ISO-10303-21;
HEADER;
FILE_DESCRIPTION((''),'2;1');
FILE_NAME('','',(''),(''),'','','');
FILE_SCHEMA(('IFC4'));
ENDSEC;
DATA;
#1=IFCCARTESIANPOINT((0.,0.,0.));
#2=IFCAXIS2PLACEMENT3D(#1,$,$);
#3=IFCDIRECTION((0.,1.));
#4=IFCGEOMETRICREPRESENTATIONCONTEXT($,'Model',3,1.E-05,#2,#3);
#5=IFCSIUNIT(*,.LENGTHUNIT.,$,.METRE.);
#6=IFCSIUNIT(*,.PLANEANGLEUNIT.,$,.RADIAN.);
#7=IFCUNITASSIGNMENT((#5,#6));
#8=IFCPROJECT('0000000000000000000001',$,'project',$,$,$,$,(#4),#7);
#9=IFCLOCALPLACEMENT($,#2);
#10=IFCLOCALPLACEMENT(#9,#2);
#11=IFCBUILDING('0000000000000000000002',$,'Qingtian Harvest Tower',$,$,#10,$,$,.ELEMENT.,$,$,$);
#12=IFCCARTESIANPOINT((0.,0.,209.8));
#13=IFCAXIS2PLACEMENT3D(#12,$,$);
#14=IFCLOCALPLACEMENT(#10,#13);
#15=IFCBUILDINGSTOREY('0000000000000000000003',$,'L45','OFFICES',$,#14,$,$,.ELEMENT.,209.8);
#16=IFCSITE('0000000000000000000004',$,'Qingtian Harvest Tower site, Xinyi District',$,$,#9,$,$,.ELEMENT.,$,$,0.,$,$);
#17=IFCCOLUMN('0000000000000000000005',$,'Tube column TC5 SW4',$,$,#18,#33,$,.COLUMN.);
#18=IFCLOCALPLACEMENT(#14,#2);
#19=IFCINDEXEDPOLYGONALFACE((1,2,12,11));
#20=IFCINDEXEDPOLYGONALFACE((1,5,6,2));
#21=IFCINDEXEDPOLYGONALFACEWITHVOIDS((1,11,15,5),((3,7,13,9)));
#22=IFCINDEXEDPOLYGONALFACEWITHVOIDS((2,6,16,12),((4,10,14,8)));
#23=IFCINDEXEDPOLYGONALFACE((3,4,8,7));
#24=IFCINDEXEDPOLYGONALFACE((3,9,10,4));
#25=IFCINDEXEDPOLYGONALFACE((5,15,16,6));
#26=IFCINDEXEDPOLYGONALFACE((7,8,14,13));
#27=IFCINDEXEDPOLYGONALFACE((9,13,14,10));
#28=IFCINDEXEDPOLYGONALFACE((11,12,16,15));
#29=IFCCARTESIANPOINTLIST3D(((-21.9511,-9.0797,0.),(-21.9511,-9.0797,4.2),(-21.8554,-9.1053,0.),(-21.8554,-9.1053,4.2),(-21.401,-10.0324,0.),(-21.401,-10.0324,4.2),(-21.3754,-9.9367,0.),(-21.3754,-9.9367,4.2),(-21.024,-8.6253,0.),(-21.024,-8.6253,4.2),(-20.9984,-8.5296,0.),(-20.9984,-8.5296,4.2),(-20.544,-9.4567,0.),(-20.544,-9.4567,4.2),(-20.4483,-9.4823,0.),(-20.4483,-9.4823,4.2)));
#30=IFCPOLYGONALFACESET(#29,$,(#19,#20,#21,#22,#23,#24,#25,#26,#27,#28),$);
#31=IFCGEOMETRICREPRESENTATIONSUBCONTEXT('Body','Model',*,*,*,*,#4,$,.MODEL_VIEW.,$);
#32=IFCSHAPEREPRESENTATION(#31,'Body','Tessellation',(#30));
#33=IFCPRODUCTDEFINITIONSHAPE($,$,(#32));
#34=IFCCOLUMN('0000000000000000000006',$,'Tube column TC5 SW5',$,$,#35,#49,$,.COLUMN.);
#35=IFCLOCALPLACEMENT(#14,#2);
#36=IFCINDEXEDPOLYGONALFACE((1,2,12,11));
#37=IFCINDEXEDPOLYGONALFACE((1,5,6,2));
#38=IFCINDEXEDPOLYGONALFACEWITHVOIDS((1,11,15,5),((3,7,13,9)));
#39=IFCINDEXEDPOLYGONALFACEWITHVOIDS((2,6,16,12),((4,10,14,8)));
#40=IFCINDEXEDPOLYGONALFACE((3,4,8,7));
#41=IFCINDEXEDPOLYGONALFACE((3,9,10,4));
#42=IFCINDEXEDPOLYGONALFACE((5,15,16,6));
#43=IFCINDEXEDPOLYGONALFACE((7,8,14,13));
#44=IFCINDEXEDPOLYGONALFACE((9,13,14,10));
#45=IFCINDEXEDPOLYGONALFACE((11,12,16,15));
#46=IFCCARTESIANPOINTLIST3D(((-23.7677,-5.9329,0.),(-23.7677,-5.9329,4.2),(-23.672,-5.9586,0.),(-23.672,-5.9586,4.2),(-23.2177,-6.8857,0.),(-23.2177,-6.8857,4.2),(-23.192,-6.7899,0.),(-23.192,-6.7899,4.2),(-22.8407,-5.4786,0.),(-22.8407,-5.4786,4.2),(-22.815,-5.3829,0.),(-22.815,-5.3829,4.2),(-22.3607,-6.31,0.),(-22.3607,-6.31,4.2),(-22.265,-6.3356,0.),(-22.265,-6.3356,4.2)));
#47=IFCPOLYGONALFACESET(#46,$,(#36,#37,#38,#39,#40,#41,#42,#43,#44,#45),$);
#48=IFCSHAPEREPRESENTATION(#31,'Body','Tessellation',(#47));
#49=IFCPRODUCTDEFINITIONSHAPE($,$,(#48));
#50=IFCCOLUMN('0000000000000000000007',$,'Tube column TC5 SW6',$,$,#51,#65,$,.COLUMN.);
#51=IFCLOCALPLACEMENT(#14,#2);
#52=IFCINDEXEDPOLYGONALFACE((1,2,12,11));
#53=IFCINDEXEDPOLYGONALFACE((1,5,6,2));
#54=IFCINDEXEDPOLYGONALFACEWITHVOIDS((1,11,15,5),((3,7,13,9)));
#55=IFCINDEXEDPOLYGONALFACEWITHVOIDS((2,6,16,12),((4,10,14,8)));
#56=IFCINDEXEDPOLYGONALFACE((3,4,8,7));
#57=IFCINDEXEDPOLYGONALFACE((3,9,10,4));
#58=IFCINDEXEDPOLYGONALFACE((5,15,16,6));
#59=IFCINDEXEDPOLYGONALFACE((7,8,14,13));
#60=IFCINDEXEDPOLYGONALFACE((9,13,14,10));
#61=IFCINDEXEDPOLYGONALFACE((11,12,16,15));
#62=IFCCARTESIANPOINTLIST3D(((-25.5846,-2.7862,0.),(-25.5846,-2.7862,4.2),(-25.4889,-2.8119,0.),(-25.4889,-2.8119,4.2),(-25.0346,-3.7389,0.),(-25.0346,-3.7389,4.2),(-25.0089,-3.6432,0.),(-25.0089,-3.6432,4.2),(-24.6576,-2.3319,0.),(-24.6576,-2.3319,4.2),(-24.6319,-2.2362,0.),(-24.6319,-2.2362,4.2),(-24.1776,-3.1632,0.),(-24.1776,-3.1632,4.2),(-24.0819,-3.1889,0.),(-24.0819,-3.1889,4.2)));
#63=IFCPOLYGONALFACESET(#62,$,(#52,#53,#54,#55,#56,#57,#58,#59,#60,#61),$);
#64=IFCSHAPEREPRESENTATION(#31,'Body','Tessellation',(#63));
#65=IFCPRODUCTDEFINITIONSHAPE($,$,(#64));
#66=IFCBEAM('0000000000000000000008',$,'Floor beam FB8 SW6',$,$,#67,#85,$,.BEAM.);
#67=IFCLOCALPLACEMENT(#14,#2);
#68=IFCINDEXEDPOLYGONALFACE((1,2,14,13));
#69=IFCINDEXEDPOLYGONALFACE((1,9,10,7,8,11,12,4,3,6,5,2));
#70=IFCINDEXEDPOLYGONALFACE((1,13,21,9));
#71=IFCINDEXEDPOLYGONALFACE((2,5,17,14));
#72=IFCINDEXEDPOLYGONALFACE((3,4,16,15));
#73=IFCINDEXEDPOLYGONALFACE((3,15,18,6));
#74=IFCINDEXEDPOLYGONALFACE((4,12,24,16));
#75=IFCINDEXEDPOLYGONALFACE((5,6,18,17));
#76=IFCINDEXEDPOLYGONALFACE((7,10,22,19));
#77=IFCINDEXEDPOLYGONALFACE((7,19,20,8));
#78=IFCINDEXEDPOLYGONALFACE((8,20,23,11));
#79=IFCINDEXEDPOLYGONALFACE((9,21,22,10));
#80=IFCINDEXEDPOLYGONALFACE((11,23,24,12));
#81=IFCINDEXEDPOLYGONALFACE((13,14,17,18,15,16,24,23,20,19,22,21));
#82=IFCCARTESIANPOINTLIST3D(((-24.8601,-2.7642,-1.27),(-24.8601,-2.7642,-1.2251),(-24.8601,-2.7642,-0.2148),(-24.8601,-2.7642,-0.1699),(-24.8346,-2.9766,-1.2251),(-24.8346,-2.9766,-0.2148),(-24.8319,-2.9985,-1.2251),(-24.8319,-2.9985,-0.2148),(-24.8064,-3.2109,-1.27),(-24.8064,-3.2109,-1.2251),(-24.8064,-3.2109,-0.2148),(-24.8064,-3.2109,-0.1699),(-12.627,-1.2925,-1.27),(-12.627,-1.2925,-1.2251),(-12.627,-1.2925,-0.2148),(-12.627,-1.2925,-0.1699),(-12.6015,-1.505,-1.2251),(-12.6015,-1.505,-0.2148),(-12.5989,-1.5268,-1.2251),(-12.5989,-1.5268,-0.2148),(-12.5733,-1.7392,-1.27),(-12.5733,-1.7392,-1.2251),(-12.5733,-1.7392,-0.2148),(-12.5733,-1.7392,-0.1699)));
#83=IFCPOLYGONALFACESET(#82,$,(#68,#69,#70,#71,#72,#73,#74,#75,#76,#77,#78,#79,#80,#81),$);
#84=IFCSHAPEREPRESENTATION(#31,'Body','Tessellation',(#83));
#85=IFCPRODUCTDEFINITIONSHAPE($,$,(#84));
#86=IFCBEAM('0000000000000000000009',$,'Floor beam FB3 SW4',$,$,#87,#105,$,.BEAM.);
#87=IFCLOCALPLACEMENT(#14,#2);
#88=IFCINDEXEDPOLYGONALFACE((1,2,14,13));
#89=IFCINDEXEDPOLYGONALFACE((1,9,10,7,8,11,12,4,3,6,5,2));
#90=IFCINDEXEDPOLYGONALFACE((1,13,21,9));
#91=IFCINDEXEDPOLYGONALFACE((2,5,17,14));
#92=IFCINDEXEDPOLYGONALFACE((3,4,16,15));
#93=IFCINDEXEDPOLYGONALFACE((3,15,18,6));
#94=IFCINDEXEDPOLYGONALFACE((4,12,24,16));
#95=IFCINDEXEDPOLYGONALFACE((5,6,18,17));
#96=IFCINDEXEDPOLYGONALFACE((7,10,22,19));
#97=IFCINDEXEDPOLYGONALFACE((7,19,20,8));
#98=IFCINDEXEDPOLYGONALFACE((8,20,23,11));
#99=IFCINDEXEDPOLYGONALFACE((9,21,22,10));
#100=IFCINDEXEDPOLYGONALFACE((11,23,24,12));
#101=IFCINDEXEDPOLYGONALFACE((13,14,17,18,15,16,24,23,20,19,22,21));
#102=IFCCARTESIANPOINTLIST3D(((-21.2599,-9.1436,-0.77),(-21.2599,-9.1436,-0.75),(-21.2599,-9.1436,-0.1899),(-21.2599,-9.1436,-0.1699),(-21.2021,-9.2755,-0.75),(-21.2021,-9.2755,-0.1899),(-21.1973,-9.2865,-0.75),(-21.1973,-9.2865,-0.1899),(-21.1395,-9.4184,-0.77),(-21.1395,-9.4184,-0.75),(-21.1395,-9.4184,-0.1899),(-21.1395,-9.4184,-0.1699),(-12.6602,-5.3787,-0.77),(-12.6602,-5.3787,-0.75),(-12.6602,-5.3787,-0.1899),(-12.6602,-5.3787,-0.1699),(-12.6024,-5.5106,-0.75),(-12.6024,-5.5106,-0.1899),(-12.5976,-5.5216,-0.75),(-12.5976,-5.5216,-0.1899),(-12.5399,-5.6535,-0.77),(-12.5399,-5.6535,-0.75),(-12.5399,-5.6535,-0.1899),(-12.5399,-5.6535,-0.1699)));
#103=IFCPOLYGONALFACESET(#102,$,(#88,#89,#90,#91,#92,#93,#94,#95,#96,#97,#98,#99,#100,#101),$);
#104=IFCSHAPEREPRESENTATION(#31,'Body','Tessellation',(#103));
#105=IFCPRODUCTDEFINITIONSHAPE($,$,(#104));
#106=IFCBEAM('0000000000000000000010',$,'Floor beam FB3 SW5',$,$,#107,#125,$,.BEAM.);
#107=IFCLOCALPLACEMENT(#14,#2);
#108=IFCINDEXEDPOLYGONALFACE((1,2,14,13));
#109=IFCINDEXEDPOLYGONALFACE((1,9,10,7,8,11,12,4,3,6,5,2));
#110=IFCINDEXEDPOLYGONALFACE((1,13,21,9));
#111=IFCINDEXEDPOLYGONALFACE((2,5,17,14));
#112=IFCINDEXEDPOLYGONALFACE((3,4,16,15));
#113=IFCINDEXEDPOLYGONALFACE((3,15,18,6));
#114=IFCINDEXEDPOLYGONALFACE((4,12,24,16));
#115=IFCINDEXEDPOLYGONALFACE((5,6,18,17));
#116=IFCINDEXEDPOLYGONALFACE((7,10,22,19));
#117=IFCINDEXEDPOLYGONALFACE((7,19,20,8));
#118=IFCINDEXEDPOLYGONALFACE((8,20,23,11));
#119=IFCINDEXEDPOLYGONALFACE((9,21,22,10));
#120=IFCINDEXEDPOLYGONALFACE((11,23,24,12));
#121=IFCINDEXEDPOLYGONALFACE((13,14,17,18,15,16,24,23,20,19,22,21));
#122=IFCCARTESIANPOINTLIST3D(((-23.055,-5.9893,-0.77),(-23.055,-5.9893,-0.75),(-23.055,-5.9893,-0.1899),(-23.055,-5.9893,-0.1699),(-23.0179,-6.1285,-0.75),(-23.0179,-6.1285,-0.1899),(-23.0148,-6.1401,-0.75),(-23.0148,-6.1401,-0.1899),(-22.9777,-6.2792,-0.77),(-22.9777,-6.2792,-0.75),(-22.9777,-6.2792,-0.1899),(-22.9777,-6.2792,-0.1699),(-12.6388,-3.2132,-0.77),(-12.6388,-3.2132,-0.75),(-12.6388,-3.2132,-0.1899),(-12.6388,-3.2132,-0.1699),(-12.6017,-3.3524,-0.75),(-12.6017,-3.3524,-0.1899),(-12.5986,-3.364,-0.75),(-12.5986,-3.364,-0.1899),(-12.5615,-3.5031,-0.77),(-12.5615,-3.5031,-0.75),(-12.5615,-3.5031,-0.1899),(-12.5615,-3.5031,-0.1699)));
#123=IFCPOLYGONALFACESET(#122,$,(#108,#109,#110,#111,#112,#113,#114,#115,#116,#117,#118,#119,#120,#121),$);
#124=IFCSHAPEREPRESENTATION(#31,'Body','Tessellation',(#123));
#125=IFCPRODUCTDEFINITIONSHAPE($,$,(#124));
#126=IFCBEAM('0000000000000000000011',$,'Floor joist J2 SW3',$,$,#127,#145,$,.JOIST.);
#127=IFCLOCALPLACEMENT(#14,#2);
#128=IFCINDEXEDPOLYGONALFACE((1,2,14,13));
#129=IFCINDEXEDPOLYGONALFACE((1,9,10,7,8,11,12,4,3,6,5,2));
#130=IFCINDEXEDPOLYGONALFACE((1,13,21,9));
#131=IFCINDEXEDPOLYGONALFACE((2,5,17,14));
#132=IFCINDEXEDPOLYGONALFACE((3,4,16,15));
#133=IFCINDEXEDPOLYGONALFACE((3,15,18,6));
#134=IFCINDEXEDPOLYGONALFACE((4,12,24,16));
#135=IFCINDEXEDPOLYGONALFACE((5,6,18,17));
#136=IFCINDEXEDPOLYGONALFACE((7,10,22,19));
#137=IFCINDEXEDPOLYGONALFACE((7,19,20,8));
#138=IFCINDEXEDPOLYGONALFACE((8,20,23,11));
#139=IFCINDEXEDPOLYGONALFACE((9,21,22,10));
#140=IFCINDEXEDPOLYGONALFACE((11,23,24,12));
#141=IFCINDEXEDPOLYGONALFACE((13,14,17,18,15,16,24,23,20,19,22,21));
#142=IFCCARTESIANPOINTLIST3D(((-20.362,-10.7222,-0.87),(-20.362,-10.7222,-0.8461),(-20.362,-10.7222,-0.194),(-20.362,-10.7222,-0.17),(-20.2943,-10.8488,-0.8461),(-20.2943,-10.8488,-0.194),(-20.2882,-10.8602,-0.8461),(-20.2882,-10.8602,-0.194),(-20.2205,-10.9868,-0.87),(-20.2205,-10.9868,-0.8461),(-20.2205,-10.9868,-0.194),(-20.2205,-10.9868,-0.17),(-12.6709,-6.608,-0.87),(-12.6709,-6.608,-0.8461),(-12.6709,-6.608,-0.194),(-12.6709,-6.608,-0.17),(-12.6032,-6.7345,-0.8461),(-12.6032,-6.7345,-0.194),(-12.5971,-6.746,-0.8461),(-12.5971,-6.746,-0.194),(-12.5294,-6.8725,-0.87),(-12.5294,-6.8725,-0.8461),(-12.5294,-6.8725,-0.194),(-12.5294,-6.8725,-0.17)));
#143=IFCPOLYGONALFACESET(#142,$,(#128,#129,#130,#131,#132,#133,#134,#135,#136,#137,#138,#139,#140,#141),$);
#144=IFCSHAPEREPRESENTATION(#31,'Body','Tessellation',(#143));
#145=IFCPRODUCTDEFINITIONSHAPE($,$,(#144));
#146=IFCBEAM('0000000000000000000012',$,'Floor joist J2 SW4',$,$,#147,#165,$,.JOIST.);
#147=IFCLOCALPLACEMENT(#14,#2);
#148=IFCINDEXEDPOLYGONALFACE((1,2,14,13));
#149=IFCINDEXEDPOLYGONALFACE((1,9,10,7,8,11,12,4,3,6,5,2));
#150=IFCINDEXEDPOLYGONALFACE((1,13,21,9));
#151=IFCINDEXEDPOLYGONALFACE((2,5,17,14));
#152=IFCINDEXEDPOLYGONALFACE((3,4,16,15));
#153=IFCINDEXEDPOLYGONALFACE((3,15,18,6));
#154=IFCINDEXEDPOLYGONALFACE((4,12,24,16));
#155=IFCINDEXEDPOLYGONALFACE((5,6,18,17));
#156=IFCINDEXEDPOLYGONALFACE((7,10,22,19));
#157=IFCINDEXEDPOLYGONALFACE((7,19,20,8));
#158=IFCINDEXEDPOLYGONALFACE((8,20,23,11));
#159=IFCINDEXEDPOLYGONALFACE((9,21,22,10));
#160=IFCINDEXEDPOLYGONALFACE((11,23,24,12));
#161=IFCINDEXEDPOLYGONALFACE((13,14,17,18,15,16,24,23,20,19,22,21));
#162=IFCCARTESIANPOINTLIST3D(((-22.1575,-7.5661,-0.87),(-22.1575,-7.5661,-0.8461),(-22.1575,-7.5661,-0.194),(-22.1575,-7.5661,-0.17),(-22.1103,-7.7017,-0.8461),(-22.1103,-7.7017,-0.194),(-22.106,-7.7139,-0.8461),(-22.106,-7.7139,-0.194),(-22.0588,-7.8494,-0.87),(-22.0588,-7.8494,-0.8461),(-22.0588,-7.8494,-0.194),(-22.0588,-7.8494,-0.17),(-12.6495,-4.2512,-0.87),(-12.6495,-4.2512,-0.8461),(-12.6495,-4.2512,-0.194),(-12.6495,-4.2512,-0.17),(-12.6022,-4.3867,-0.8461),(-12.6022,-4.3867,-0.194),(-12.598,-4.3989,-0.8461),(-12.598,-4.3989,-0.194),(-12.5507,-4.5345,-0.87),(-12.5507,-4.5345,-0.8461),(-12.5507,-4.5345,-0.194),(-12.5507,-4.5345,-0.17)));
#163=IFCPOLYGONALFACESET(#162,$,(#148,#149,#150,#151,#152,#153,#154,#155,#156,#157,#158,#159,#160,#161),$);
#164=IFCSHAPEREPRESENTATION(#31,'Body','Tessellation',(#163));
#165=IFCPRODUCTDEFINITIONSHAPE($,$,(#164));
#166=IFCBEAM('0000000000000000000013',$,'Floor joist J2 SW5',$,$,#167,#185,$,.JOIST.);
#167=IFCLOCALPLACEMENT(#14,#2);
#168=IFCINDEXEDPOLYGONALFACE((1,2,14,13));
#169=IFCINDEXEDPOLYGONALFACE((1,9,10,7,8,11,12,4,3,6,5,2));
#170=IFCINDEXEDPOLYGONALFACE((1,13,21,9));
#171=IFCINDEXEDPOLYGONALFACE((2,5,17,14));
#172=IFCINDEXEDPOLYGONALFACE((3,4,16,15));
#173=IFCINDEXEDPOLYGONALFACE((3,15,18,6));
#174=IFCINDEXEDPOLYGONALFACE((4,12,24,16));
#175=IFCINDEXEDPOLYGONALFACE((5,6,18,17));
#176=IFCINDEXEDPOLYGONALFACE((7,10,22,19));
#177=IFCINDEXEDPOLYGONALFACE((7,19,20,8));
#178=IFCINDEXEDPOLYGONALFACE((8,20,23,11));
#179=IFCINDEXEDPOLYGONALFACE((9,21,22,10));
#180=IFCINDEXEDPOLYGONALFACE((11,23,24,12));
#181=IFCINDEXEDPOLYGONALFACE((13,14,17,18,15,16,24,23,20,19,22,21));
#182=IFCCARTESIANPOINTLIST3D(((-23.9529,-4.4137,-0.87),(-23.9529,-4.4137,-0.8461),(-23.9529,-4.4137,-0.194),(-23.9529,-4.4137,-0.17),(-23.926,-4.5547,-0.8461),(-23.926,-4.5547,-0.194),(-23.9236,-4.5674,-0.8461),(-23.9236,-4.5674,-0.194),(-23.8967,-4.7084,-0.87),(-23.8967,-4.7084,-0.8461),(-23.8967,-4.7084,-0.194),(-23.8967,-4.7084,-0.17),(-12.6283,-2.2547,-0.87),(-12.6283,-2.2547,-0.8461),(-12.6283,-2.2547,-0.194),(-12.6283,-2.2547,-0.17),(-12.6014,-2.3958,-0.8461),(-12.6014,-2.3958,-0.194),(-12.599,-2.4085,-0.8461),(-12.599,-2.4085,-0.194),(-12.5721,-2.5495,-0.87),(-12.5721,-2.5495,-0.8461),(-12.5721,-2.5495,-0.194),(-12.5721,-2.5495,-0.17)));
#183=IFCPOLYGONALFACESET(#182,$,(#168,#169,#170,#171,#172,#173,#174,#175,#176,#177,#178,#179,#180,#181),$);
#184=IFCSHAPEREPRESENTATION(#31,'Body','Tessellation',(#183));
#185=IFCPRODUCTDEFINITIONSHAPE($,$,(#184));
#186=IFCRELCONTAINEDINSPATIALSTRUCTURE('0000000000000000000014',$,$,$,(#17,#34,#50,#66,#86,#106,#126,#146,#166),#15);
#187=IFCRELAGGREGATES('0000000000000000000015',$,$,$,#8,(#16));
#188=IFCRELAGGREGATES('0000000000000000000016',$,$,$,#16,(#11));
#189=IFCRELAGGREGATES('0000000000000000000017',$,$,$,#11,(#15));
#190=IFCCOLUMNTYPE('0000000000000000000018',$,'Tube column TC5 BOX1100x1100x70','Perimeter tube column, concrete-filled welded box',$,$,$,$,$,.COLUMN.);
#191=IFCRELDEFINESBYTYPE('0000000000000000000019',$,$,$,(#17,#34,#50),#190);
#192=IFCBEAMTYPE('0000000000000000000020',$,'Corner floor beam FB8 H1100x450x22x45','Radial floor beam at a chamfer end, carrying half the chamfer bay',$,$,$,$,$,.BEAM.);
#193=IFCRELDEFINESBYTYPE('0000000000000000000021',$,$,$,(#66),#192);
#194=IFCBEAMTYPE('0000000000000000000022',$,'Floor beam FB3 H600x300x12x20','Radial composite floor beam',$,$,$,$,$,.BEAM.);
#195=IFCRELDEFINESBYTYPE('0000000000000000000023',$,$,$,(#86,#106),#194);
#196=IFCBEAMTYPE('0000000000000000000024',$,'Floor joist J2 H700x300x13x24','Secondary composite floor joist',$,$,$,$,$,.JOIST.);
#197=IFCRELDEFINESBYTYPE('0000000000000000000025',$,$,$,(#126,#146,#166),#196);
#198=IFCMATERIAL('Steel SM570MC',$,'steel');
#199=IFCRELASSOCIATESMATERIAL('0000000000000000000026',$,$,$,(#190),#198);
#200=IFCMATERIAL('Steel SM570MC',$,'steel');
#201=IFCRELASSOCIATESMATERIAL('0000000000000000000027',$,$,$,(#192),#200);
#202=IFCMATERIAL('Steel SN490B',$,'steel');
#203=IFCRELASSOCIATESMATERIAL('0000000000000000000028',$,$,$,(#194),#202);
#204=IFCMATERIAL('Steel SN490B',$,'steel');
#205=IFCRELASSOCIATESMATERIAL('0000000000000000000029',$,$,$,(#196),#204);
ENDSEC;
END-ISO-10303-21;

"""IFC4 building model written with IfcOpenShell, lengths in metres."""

from ifc_helpers import new_model, si_unit, direction, frame, origin, origin_2d, place, context, subcontext, project, spatial, hollow_rectangle, i_section, extrude, material, material_profile, profile_set, type_object, element, save


model = new_model("IFC4")

# Units and contexts
model_context = context("Model", 3, precision=1e-05, world=origin(), true_north=direction((0.0, 1.0)))
body_context = subcontext(model_context, "Body", "Model", "MODEL_VIEW")
ifc_project = project(units=[si_unit("LENGTHUNIT", "METRE"), si_unit("PLANEANGLEUNIT", "RADIAN")], contexts=[model_context])

# Site, building, storey
site_placement = place(None, origin())
site = spatial("IfcSite", under=ifc_project, at=site_placement, Name="Qingtian Harvest Tower site, Xinyi District", CompositionType="ELEMENT", RefElevation=0.0)
building_placement = place(site_placement, origin())
building = spatial("IfcBuilding", under=site, at=building_placement, Name="Qingtian Harvest Tower", CompositionType="ELEMENT")
storey_placement = place(building_placement, frame((0.0, 0.0, 209.8)))
storey = spatial("IfcBuildingStorey", under=building, at=storey_placement, Name="L45", Description="OFFICES", CompositionType="ELEMENT", Elevation=209.8)

# Columns
ifc_material_1 = material(Name="Steel SM570MC", Category="steel")
ifc_material_profile_1 = material_profile(ifc_material_1, hollow_rectangle(XDim=1.1001, YDim=1.1001, WallThickness=0.0701, at=origin_2d()), Name="BOX1100x1100x70")
ifc_profile_set_1 = profile_set([ifc_material_profile_1], Name="Steel SM570MC")
column_type = type_object("IfcColumnType", Name="Tube column TC5 BOX1100x1100x70", Description="Perimeter tube column, concrete-filled welded box", PredefinedType="COLUMN", material=ifc_profile_set_1)
for number, where, z_axis, x_axis, name in (
    (1, (-21.1997, -9.281, 0.0), (0.0, 0.0, 1.0), (0.5, -0.866025, 0.0), "Tube column TC5 SW4"),
    (2, (-23.0164, -6.1343, 0.0), (0.0, 0.0, 1.0), (0.5, -0.866025, 0.0), "Tube column TC5 SW5"),
    (3, (-24.8333, -2.9875, 0.0), (0.0, 0.0, 1.0), (0.5, -0.866025, 0.0), "Tube column TC5 SW6"),
):
    element("IfcColumn", number, at=place(storey_placement, frame(where, z_axis=z_axis, x_axis=x_axis)), inside=storey, type_object=column_type, Name=name, PredefinedType="COLUMN", context=body_context, shape_type="SweptSolid", body=[
        extrude(hollow_rectangle(XDim=1.1001, YDim=1.1001, WallThickness=0.0701, at=origin_2d()), origin(), (0.0, 0.0, 1.0), 4.2),
    ])

# Beams
ifc_material_2 = material(Name="Steel SM570MC", Category="steel")
ifc_material_profile_2 = material_profile(ifc_material_2, i_section(OverallWidth=0.45, OverallDepth=1.1001, WebThickness=0.022, FlangeThickness=0.0449, at=origin_2d()), Name="H1100x450x22x45")
ifc_profile_set_2 = profile_set([ifc_material_profile_2], Name="Steel SM570MC")
beam_type_1 = type_object("IfcBeamType", Name="Corner floor beam FB8 H1100x450x22x45", Description="Radial floor beam at a chamfer end, carrying half the chamfer bay", PredefinedType="BEAM", material=ifc_profile_set_2)
beam_1_placement = place(storey_placement, frame((-24.8333, -2.9875, -0.72), z_axis=(0.992841, 0.119441, 0.0), x_axis=(-0.119441, 0.992841, 0.0)))
element("IfcBeam", 4, at=beam_1_placement, inside=storey, type_object=beam_type_1, Name="Floor beam FB8 SW6", PredefinedType="BEAM", context=body_context, shape_type="SweptSolid", body=[
    extrude(i_section(OverallWidth=0.45, OverallDepth=1.1001, WebThickness=0.022, FlangeThickness=0.0449, at=origin_2d()), origin(), (0.0, 0.0, 1.0), 12.3213),
])
ifc_material_3 = material(Name="Steel SN490B", Category="steel")
ifc_material_profile_3 = material_profile(ifc_material_3, i_section(OverallWidth=0.3, OverallDepth=0.6001, WebThickness=0.012, FlangeThickness=0.02, at=origin_2d()), Name="H600x300x12x20")
ifc_profile_set_3 = profile_set([ifc_material_profile_3], Name="Steel SN490B")
beam_type_2 = type_object("IfcBeamType", Name="Floor beam FB3 H600x300x12x20", Description="Radial composite floor beam", PredefinedType="BEAM", material=ifc_profile_set_3)
beam_2_placement = place(storey_placement, frame((-21.1997, -9.281, -0.47), z_axis=(0.916057, 0.401048, 0.0), x_axis=(-0.401048, 0.916057, 0.0)))
element("IfcBeam", 5, at=beam_2_placement, inside=storey, type_object=beam_type_2, Name="Floor beam FB3 SW4", PredefinedType="BEAM", context=body_context, shape_type="SweptSolid", body=[
    extrude(i_section(OverallWidth=0.3, OverallDepth=0.6001, WebThickness=0.012, FlangeThickness=0.02, at=origin_2d()), origin(), (0.0, 0.0, 1.0), 9.3877),
])
beam_3_placement = place(storey_placement, frame((-23.0164, -6.1343, -0.47), z_axis=(0.966271, 0.257529, 0.0), x_axis=(-0.257529, 0.966271, 0.0)))
element("IfcBeam", 6, at=beam_3_placement, inside=storey, type_object=beam_type_2, Name="Floor beam FB3 SW5", PredefinedType="BEAM", context=body_context, shape_type="SweptSolid", body=[
    extrude(i_section(OverallWidth=0.3, OverallDepth=0.6001, WebThickness=0.012, FlangeThickness=0.02, at=origin_2d()), origin(), (0.0, 0.0, 1.0), 10.7798),
])
ifc_material_4 = material(Name="Steel SN490B", Category="steel")
ifc_material_profile_4 = material_profile(ifc_material_4, i_section(OverallWidth=0.3, OverallDepth=0.7, WebThickness=0.0129, FlangeThickness=0.0239, at=origin_2d()), Name="H700x300x13x24")
ifc_profile_set_4 = profile_set([ifc_material_profile_4], Name="Steel SN490B")
beam_type_3 = type_object("IfcBeamType", Name="Floor joist J2 H700x300x13x24", Description="Secondary composite floor joist", PredefinedType="JOIST", material=ifc_profile_set_4)
beam_4_placement = place(storey_placement, frame((-20.2913, -10.8545, -0.52), z_axis=(0.881767, 0.471686, 0.0), x_axis=(-0.471686, 0.881767, 0.0)))
element("IfcBeam", 7, at=beam_4_placement, inside=storey, type_object=beam_type_3, Name="Floor joist J2 SW3", PredefinedType="JOIST", context=body_context, shape_type="SweptSolid", body=[
    extrude(i_section(OverallWidth=0.3, OverallDepth=0.7, WebThickness=0.0129, FlangeThickness=0.0239, at=origin_2d()), origin(), (0.0, 0.0, 1.0), 8.7224),
])
beam_5_placement = place(storey_placement, frame((-22.1082, -7.7078, -0.52), z_axis=(0.944256, 0.329211, 0.0), x_axis=(-0.329211, 0.944256, 0.0)))
element("IfcBeam", 8, at=beam_5_placement, inside=storey, type_object=beam_type_3, Name="Floor joist J2 SW4", PredefinedType="JOIST", context=body_context, shape_type="SweptSolid", body=[
    extrude(i_section(OverallWidth=0.3, OverallDepth=0.7, WebThickness=0.0129, FlangeThickness=0.0239, at=origin_2d()), origin(), (0.0, 0.0, 1.0), 10.0693),
])
beam_6_placement = place(storey_placement, frame((-23.9248, -4.561, -0.52), z_axis=(0.982309, 0.187267, 0.0), x_axis=(-0.187267, 0.982309, 0.0)))
element("IfcBeam", 9, at=beam_6_placement, inside=storey, type_object=beam_type_3, Name="Floor joist J2 SW5", PredefinedType="JOIST", context=body_context, shape_type="SweptSolid", body=[
    extrude(i_section(OverallWidth=0.3, OverallDepth=0.7, WebThickness=0.0129, FlangeThickness=0.0239, at=origin_2d()), origin(), (0.0, 0.0, 1.0), 11.5286),
])

save(model, "model.ifc")
